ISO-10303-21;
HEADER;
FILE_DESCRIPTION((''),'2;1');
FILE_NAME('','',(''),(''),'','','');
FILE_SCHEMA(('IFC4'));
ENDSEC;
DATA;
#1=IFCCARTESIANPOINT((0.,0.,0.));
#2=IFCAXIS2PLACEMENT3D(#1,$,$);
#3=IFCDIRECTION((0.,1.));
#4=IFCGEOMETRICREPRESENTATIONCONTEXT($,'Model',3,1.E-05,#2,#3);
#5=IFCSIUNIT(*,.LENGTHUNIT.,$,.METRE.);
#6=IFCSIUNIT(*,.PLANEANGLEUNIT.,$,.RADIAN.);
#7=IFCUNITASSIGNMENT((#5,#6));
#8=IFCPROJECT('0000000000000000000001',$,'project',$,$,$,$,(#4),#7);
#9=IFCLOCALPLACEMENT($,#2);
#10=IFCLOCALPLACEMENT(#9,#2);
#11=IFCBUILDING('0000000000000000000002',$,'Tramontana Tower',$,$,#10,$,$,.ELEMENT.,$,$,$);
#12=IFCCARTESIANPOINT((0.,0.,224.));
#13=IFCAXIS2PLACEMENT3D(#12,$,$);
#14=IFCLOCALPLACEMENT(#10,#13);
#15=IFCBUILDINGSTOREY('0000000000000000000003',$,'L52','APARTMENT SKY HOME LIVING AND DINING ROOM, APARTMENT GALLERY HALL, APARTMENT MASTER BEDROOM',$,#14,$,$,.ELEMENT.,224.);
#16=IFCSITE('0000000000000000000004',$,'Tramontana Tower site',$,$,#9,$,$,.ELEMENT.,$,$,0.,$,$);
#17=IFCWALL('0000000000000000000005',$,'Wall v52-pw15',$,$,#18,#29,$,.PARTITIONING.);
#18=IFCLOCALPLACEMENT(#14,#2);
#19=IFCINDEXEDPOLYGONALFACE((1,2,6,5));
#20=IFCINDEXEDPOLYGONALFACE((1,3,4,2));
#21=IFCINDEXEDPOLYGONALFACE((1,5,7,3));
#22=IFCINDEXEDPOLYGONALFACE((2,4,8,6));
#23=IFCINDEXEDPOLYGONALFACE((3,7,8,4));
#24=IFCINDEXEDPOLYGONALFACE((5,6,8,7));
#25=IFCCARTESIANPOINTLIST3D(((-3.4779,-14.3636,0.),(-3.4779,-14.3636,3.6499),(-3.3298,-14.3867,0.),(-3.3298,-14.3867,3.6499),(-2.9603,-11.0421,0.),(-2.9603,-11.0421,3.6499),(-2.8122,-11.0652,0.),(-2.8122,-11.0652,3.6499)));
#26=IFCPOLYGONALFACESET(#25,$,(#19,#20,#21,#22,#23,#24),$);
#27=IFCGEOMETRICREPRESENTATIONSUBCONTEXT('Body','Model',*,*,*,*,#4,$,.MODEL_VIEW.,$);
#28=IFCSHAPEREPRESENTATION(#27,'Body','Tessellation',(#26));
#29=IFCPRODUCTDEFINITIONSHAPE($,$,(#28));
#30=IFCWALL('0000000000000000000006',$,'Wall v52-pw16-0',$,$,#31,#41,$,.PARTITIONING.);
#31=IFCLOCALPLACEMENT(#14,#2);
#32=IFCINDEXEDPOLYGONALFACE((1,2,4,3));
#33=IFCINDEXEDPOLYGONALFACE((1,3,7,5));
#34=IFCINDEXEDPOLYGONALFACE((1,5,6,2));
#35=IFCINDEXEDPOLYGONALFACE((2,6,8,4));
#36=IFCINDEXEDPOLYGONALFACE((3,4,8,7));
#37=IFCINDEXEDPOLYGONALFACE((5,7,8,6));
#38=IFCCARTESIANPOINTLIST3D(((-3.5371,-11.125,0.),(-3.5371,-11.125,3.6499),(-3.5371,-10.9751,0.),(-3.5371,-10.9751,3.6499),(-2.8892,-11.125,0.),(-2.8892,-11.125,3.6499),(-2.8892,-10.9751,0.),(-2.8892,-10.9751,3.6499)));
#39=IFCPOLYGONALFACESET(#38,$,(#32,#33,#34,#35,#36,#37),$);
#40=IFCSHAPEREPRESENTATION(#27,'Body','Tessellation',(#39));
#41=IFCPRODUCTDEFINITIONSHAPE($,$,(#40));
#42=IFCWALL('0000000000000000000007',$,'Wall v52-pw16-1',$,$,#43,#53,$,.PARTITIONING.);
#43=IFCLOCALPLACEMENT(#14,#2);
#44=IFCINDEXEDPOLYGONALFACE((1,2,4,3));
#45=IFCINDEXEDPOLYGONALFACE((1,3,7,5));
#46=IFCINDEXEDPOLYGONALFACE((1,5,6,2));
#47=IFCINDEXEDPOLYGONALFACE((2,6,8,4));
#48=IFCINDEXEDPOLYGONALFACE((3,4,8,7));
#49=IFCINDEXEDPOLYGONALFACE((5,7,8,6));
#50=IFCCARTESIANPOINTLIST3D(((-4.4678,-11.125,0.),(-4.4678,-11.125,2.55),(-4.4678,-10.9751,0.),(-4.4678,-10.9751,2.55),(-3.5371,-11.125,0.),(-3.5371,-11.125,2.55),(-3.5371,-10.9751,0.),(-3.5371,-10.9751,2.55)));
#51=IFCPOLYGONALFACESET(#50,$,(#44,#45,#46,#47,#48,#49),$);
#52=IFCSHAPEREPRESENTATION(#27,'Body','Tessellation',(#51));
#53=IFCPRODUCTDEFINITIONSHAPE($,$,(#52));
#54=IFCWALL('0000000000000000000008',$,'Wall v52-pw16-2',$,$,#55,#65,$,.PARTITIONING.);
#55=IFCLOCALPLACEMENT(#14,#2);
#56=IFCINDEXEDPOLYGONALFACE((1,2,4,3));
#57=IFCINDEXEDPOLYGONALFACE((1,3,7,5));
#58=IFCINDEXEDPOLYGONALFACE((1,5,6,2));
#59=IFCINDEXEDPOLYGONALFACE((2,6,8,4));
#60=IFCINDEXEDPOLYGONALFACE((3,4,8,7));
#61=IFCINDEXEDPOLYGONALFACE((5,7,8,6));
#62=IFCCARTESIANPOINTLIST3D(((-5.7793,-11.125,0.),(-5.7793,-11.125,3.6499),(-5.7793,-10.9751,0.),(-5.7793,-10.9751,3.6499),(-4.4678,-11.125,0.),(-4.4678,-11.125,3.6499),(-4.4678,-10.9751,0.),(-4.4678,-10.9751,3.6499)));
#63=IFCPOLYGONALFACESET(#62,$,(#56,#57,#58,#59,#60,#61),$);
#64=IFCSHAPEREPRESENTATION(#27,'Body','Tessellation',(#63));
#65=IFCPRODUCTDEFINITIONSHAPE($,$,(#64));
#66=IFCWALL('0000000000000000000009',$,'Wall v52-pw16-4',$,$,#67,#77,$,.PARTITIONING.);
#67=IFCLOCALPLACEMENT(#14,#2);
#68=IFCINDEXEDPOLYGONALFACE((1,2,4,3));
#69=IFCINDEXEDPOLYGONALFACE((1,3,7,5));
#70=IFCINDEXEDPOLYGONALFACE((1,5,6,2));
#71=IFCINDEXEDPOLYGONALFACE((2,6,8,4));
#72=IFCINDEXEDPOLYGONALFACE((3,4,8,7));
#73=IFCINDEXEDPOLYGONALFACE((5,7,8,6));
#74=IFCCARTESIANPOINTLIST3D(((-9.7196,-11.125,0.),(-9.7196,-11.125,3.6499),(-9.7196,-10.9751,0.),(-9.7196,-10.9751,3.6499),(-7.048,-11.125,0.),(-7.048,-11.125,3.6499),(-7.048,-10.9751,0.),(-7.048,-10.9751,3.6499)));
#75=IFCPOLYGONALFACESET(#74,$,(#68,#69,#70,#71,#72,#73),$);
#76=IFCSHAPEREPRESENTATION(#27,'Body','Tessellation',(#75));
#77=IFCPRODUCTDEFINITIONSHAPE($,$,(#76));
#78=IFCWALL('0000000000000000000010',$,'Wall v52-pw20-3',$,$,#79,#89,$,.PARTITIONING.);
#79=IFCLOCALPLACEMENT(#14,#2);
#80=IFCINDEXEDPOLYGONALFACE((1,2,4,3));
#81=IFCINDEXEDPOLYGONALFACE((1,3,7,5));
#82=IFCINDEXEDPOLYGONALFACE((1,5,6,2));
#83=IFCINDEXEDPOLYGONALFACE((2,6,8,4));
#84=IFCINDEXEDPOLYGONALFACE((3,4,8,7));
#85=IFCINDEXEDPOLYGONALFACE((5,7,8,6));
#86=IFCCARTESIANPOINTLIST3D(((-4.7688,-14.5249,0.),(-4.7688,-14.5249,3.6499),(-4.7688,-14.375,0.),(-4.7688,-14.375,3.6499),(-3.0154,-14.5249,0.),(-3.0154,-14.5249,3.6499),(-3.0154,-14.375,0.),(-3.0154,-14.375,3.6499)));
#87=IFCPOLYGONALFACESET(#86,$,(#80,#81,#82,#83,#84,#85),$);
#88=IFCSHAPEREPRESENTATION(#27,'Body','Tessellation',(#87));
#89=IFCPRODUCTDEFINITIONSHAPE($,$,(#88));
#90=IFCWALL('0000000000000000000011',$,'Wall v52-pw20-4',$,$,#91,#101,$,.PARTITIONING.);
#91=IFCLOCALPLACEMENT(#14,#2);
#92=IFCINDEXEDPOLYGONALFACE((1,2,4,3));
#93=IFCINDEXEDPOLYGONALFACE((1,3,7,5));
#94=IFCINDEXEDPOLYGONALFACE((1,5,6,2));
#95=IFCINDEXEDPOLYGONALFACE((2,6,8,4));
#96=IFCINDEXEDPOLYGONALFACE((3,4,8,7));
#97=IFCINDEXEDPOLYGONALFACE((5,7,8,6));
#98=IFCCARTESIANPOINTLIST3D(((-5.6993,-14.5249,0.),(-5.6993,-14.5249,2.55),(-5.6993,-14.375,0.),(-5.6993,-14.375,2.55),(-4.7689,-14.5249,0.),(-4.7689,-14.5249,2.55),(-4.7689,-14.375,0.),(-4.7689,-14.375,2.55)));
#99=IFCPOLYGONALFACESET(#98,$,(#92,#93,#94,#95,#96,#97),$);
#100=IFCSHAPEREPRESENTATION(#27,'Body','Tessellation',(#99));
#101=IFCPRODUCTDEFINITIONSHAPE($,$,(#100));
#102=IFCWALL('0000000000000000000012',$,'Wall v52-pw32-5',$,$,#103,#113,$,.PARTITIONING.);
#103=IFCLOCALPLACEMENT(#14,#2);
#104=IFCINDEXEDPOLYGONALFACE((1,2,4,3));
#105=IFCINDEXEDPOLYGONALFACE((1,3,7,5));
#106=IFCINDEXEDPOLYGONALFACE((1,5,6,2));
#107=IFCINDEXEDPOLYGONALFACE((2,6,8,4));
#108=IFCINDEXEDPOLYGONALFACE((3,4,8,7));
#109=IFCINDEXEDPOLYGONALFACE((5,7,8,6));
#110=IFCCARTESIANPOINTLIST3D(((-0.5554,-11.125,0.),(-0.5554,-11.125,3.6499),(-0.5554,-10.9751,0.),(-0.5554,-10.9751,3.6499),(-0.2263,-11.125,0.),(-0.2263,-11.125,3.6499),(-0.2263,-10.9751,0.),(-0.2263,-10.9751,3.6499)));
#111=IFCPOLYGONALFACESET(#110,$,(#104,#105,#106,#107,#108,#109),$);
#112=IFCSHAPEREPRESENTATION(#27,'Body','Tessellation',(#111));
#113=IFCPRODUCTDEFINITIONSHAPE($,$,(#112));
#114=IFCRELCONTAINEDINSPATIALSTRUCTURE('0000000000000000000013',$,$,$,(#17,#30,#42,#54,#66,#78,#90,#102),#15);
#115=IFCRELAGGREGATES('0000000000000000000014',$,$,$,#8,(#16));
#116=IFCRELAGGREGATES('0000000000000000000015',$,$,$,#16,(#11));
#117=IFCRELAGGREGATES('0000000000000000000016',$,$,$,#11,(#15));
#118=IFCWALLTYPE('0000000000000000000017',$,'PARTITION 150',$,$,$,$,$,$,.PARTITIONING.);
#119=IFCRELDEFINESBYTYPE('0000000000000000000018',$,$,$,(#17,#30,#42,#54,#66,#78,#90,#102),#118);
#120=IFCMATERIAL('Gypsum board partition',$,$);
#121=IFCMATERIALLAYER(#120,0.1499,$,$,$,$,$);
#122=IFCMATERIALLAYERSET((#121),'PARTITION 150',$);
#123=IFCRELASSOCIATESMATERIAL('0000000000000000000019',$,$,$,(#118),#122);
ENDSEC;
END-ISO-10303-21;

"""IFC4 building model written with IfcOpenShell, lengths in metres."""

from ifc_helpers import new_model, si_unit, direction, frame, frame_2d, origin, place, context, subcontext, project, spatial, rectangle, extrude, material, layer, layer_set, type_object, element, save


model = new_model("IFC4")

# Units and contexts
model_context = context("Model", 3, precision=1e-05, world=origin(), true_north=direction((0.0, 1.0)))
body_context = subcontext(model_context, "Body", "Model", "MODEL_VIEW")
ifc_project = project(units=[si_unit("LENGTHUNIT", "METRE"), si_unit("PLANEANGLEUNIT", "RADIAN")], contexts=[model_context])

# Site, building, storey
site_placement = place(None, origin())
site = spatial("IfcSite", under=ifc_project, at=site_placement, Name="Tramontana Tower site", CompositionType="ELEMENT", RefElevation=0.0)
building_placement = place(site_placement, origin())
building = spatial("IfcBuilding", under=site, at=building_placement, Name="Tramontana Tower", CompositionType="ELEMENT")
storey_placement = place(building_placement, frame((0.0, 0.0, 224.0)))
storey = spatial("IfcBuildingStorey", under=building, at=storey_placement, Name="L52", Description="APARTMENT SKY HOME LIVING AND DINING ROOM, APARTMENT GALLERY HALL, APARTMENT MASTER BEDROOM", CompositionType="ELEMENT", Elevation=224.0)

# Walls
ifc_material_1 = material(Name="Gypsum board partition")
ifc_layer_1 = layer(ifc_material_1, 0.1499)
ifc_layer_set_1 = layer_set([ifc_layer_1], Name="PARTITION 150")
wall_type_1 = type_object("IfcWallType", Name="PARTITION 150", PredefinedType="PARTITIONING", material=ifc_layer_set_1)
wall_1_placement = place(storey_placement, frame((-3.4038, -14.375, 0.0), z_axis=(0.0, 0.0, 1.0), x_axis=(0.153967, 0.988076, 0.0)))
element("IfcWall", 1, at=wall_1_placement, inside=storey, type_object=wall_type_1, Name="Wall v52-pw15", PredefinedType="PARTITIONING", context=body_context, shape_type="SweptSolid", body=[
    extrude(rectangle(XDim=3.3616, YDim=0.1499, at=frame_2d((1.6807, 0.0))), origin(), (0.0, 0.0, 1.0), 3.6499),
])
wall_2_placement = place(storey_placement, frame((-2.8892, -11.05, 0.0), z_axis=(0.0, 0.0, 1.0), x_axis=(-1.0, 0.0, 0.0)))
element("IfcWall", 2, at=wall_2_placement, inside=storey, type_object=wall_type_1, Name="Wall v52-pw16-0", PredefinedType="PARTITIONING", context=body_context, shape_type="SweptSolid", body=[
    extrude(rectangle(XDim=0.6479, YDim=0.1499, at=frame_2d((0.324, 0.0))), origin(), (0.0, 0.0, 1.0), 3.6499),
])
wall_3_placement = place(storey_placement, frame((-3.5371, -11.05, 0.0), z_axis=(0.0, 0.0, 1.0), x_axis=(-1.0, 0.0, 0.0)))
element("IfcWall", 3, at=wall_3_placement, inside=storey, type_object=wall_type_1, Name="Wall v52-pw16-1", PredefinedType="PARTITIONING", context=body_context, shape_type="SweptSolid", body=[
    extrude(rectangle(XDim=0.9307, YDim=0.1499, at=frame_2d((0.4653, 0.0))), origin(), (0.0, 0.0, 1.0), 2.55),
])
wall_4_placement = place(storey_placement, frame((-4.4678, -11.05, 0.0), z_axis=(0.0, 0.0, 1.0), x_axis=(-1.0, 0.0, 0.0)))
element("IfcWall", 4, at=wall_4_placement, inside=storey, type_object=wall_type_1, Name="Wall v52-pw16-2", PredefinedType="PARTITIONING", context=body_context, shape_type="SweptSolid", body=[
    extrude(rectangle(XDim=1.3115, YDim=0.1499, at=frame_2d((0.6558, 0.0))), origin(), (0.0, 0.0, 1.0), 3.6499),
])

# Wall
wall_5_placement = place(storey_placement, frame((-7.0479, -11.05, 0.0), z_axis=(0.0, 0.0, 1.0), x_axis=(-1.0, 0.0, 0.0)))
element("IfcWall", 5, at=wall_5_placement, inside=storey, type_object=wall_type_1, Name="Wall v52-pw16-4", PredefinedType="PARTITIONING", context=body_context, shape_type="SweptSolid", body=[
    extrude(rectangle(XDim=2.6716, YDim=0.1499, at=frame_2d((1.3359, 0.0))), origin(), (0.0, 0.0, 1.0), 3.6499),
])

# Walls
wall_6_placement = place(storey_placement, frame((-3.0154, -14.45, 0.0), z_axis=(0.0, 0.0, 1.0), x_axis=(-1.0, 0.0, 0.0)))
element("IfcWall", 6, at=wall_6_placement, inside=storey, type_object=wall_type_1, Name="Wall v52-pw20-3", PredefinedType="PARTITIONING", context=body_context, shape_type="SweptSolid", body=[
    extrude(rectangle(XDim=1.7534, YDim=0.1499, at=frame_2d((0.8767, 0.0))), origin(), (0.0, 0.0, 1.0), 3.6499),
])
wall_7_placement = place(storey_placement, frame((-4.7688, -14.45, 0.0), z_axis=(0.0, 0.0, 1.0), x_axis=(-1.0, 0.0, 0.0)))
element("IfcWall", 7, at=wall_7_placement, inside=storey, type_object=wall_type_1, Name="Wall v52-pw20-4", PredefinedType="PARTITIONING", context=body_context, shape_type="SweptSolid", body=[
    extrude(rectangle(XDim=0.9304, YDim=0.1499, at=frame_2d((0.4653, 0.0))), origin(), (0.0, 0.0, 1.0), 2.55),
])
wall_8_placement = place(storey_placement, frame((-0.2263, -11.05, 0.0), z_axis=(0.0, 0.0, 1.0), x_axis=(-1.0, 0.0, 0.0)))
element("IfcWall", 8, at=wall_8_placement, inside=storey, type_object=wall_type_1, Name="Wall v52-pw32-5", PredefinedType="PARTITIONING", context=body_context, shape_type="SweptSolid", body=[
    extrude(rectangle(XDim=0.3291, YDim=0.1499, at=frame_2d((0.1646, 0.0))), origin(), (0.0, 0.0, 1.0), 3.6499),
])

save(model, "model.ifc")
